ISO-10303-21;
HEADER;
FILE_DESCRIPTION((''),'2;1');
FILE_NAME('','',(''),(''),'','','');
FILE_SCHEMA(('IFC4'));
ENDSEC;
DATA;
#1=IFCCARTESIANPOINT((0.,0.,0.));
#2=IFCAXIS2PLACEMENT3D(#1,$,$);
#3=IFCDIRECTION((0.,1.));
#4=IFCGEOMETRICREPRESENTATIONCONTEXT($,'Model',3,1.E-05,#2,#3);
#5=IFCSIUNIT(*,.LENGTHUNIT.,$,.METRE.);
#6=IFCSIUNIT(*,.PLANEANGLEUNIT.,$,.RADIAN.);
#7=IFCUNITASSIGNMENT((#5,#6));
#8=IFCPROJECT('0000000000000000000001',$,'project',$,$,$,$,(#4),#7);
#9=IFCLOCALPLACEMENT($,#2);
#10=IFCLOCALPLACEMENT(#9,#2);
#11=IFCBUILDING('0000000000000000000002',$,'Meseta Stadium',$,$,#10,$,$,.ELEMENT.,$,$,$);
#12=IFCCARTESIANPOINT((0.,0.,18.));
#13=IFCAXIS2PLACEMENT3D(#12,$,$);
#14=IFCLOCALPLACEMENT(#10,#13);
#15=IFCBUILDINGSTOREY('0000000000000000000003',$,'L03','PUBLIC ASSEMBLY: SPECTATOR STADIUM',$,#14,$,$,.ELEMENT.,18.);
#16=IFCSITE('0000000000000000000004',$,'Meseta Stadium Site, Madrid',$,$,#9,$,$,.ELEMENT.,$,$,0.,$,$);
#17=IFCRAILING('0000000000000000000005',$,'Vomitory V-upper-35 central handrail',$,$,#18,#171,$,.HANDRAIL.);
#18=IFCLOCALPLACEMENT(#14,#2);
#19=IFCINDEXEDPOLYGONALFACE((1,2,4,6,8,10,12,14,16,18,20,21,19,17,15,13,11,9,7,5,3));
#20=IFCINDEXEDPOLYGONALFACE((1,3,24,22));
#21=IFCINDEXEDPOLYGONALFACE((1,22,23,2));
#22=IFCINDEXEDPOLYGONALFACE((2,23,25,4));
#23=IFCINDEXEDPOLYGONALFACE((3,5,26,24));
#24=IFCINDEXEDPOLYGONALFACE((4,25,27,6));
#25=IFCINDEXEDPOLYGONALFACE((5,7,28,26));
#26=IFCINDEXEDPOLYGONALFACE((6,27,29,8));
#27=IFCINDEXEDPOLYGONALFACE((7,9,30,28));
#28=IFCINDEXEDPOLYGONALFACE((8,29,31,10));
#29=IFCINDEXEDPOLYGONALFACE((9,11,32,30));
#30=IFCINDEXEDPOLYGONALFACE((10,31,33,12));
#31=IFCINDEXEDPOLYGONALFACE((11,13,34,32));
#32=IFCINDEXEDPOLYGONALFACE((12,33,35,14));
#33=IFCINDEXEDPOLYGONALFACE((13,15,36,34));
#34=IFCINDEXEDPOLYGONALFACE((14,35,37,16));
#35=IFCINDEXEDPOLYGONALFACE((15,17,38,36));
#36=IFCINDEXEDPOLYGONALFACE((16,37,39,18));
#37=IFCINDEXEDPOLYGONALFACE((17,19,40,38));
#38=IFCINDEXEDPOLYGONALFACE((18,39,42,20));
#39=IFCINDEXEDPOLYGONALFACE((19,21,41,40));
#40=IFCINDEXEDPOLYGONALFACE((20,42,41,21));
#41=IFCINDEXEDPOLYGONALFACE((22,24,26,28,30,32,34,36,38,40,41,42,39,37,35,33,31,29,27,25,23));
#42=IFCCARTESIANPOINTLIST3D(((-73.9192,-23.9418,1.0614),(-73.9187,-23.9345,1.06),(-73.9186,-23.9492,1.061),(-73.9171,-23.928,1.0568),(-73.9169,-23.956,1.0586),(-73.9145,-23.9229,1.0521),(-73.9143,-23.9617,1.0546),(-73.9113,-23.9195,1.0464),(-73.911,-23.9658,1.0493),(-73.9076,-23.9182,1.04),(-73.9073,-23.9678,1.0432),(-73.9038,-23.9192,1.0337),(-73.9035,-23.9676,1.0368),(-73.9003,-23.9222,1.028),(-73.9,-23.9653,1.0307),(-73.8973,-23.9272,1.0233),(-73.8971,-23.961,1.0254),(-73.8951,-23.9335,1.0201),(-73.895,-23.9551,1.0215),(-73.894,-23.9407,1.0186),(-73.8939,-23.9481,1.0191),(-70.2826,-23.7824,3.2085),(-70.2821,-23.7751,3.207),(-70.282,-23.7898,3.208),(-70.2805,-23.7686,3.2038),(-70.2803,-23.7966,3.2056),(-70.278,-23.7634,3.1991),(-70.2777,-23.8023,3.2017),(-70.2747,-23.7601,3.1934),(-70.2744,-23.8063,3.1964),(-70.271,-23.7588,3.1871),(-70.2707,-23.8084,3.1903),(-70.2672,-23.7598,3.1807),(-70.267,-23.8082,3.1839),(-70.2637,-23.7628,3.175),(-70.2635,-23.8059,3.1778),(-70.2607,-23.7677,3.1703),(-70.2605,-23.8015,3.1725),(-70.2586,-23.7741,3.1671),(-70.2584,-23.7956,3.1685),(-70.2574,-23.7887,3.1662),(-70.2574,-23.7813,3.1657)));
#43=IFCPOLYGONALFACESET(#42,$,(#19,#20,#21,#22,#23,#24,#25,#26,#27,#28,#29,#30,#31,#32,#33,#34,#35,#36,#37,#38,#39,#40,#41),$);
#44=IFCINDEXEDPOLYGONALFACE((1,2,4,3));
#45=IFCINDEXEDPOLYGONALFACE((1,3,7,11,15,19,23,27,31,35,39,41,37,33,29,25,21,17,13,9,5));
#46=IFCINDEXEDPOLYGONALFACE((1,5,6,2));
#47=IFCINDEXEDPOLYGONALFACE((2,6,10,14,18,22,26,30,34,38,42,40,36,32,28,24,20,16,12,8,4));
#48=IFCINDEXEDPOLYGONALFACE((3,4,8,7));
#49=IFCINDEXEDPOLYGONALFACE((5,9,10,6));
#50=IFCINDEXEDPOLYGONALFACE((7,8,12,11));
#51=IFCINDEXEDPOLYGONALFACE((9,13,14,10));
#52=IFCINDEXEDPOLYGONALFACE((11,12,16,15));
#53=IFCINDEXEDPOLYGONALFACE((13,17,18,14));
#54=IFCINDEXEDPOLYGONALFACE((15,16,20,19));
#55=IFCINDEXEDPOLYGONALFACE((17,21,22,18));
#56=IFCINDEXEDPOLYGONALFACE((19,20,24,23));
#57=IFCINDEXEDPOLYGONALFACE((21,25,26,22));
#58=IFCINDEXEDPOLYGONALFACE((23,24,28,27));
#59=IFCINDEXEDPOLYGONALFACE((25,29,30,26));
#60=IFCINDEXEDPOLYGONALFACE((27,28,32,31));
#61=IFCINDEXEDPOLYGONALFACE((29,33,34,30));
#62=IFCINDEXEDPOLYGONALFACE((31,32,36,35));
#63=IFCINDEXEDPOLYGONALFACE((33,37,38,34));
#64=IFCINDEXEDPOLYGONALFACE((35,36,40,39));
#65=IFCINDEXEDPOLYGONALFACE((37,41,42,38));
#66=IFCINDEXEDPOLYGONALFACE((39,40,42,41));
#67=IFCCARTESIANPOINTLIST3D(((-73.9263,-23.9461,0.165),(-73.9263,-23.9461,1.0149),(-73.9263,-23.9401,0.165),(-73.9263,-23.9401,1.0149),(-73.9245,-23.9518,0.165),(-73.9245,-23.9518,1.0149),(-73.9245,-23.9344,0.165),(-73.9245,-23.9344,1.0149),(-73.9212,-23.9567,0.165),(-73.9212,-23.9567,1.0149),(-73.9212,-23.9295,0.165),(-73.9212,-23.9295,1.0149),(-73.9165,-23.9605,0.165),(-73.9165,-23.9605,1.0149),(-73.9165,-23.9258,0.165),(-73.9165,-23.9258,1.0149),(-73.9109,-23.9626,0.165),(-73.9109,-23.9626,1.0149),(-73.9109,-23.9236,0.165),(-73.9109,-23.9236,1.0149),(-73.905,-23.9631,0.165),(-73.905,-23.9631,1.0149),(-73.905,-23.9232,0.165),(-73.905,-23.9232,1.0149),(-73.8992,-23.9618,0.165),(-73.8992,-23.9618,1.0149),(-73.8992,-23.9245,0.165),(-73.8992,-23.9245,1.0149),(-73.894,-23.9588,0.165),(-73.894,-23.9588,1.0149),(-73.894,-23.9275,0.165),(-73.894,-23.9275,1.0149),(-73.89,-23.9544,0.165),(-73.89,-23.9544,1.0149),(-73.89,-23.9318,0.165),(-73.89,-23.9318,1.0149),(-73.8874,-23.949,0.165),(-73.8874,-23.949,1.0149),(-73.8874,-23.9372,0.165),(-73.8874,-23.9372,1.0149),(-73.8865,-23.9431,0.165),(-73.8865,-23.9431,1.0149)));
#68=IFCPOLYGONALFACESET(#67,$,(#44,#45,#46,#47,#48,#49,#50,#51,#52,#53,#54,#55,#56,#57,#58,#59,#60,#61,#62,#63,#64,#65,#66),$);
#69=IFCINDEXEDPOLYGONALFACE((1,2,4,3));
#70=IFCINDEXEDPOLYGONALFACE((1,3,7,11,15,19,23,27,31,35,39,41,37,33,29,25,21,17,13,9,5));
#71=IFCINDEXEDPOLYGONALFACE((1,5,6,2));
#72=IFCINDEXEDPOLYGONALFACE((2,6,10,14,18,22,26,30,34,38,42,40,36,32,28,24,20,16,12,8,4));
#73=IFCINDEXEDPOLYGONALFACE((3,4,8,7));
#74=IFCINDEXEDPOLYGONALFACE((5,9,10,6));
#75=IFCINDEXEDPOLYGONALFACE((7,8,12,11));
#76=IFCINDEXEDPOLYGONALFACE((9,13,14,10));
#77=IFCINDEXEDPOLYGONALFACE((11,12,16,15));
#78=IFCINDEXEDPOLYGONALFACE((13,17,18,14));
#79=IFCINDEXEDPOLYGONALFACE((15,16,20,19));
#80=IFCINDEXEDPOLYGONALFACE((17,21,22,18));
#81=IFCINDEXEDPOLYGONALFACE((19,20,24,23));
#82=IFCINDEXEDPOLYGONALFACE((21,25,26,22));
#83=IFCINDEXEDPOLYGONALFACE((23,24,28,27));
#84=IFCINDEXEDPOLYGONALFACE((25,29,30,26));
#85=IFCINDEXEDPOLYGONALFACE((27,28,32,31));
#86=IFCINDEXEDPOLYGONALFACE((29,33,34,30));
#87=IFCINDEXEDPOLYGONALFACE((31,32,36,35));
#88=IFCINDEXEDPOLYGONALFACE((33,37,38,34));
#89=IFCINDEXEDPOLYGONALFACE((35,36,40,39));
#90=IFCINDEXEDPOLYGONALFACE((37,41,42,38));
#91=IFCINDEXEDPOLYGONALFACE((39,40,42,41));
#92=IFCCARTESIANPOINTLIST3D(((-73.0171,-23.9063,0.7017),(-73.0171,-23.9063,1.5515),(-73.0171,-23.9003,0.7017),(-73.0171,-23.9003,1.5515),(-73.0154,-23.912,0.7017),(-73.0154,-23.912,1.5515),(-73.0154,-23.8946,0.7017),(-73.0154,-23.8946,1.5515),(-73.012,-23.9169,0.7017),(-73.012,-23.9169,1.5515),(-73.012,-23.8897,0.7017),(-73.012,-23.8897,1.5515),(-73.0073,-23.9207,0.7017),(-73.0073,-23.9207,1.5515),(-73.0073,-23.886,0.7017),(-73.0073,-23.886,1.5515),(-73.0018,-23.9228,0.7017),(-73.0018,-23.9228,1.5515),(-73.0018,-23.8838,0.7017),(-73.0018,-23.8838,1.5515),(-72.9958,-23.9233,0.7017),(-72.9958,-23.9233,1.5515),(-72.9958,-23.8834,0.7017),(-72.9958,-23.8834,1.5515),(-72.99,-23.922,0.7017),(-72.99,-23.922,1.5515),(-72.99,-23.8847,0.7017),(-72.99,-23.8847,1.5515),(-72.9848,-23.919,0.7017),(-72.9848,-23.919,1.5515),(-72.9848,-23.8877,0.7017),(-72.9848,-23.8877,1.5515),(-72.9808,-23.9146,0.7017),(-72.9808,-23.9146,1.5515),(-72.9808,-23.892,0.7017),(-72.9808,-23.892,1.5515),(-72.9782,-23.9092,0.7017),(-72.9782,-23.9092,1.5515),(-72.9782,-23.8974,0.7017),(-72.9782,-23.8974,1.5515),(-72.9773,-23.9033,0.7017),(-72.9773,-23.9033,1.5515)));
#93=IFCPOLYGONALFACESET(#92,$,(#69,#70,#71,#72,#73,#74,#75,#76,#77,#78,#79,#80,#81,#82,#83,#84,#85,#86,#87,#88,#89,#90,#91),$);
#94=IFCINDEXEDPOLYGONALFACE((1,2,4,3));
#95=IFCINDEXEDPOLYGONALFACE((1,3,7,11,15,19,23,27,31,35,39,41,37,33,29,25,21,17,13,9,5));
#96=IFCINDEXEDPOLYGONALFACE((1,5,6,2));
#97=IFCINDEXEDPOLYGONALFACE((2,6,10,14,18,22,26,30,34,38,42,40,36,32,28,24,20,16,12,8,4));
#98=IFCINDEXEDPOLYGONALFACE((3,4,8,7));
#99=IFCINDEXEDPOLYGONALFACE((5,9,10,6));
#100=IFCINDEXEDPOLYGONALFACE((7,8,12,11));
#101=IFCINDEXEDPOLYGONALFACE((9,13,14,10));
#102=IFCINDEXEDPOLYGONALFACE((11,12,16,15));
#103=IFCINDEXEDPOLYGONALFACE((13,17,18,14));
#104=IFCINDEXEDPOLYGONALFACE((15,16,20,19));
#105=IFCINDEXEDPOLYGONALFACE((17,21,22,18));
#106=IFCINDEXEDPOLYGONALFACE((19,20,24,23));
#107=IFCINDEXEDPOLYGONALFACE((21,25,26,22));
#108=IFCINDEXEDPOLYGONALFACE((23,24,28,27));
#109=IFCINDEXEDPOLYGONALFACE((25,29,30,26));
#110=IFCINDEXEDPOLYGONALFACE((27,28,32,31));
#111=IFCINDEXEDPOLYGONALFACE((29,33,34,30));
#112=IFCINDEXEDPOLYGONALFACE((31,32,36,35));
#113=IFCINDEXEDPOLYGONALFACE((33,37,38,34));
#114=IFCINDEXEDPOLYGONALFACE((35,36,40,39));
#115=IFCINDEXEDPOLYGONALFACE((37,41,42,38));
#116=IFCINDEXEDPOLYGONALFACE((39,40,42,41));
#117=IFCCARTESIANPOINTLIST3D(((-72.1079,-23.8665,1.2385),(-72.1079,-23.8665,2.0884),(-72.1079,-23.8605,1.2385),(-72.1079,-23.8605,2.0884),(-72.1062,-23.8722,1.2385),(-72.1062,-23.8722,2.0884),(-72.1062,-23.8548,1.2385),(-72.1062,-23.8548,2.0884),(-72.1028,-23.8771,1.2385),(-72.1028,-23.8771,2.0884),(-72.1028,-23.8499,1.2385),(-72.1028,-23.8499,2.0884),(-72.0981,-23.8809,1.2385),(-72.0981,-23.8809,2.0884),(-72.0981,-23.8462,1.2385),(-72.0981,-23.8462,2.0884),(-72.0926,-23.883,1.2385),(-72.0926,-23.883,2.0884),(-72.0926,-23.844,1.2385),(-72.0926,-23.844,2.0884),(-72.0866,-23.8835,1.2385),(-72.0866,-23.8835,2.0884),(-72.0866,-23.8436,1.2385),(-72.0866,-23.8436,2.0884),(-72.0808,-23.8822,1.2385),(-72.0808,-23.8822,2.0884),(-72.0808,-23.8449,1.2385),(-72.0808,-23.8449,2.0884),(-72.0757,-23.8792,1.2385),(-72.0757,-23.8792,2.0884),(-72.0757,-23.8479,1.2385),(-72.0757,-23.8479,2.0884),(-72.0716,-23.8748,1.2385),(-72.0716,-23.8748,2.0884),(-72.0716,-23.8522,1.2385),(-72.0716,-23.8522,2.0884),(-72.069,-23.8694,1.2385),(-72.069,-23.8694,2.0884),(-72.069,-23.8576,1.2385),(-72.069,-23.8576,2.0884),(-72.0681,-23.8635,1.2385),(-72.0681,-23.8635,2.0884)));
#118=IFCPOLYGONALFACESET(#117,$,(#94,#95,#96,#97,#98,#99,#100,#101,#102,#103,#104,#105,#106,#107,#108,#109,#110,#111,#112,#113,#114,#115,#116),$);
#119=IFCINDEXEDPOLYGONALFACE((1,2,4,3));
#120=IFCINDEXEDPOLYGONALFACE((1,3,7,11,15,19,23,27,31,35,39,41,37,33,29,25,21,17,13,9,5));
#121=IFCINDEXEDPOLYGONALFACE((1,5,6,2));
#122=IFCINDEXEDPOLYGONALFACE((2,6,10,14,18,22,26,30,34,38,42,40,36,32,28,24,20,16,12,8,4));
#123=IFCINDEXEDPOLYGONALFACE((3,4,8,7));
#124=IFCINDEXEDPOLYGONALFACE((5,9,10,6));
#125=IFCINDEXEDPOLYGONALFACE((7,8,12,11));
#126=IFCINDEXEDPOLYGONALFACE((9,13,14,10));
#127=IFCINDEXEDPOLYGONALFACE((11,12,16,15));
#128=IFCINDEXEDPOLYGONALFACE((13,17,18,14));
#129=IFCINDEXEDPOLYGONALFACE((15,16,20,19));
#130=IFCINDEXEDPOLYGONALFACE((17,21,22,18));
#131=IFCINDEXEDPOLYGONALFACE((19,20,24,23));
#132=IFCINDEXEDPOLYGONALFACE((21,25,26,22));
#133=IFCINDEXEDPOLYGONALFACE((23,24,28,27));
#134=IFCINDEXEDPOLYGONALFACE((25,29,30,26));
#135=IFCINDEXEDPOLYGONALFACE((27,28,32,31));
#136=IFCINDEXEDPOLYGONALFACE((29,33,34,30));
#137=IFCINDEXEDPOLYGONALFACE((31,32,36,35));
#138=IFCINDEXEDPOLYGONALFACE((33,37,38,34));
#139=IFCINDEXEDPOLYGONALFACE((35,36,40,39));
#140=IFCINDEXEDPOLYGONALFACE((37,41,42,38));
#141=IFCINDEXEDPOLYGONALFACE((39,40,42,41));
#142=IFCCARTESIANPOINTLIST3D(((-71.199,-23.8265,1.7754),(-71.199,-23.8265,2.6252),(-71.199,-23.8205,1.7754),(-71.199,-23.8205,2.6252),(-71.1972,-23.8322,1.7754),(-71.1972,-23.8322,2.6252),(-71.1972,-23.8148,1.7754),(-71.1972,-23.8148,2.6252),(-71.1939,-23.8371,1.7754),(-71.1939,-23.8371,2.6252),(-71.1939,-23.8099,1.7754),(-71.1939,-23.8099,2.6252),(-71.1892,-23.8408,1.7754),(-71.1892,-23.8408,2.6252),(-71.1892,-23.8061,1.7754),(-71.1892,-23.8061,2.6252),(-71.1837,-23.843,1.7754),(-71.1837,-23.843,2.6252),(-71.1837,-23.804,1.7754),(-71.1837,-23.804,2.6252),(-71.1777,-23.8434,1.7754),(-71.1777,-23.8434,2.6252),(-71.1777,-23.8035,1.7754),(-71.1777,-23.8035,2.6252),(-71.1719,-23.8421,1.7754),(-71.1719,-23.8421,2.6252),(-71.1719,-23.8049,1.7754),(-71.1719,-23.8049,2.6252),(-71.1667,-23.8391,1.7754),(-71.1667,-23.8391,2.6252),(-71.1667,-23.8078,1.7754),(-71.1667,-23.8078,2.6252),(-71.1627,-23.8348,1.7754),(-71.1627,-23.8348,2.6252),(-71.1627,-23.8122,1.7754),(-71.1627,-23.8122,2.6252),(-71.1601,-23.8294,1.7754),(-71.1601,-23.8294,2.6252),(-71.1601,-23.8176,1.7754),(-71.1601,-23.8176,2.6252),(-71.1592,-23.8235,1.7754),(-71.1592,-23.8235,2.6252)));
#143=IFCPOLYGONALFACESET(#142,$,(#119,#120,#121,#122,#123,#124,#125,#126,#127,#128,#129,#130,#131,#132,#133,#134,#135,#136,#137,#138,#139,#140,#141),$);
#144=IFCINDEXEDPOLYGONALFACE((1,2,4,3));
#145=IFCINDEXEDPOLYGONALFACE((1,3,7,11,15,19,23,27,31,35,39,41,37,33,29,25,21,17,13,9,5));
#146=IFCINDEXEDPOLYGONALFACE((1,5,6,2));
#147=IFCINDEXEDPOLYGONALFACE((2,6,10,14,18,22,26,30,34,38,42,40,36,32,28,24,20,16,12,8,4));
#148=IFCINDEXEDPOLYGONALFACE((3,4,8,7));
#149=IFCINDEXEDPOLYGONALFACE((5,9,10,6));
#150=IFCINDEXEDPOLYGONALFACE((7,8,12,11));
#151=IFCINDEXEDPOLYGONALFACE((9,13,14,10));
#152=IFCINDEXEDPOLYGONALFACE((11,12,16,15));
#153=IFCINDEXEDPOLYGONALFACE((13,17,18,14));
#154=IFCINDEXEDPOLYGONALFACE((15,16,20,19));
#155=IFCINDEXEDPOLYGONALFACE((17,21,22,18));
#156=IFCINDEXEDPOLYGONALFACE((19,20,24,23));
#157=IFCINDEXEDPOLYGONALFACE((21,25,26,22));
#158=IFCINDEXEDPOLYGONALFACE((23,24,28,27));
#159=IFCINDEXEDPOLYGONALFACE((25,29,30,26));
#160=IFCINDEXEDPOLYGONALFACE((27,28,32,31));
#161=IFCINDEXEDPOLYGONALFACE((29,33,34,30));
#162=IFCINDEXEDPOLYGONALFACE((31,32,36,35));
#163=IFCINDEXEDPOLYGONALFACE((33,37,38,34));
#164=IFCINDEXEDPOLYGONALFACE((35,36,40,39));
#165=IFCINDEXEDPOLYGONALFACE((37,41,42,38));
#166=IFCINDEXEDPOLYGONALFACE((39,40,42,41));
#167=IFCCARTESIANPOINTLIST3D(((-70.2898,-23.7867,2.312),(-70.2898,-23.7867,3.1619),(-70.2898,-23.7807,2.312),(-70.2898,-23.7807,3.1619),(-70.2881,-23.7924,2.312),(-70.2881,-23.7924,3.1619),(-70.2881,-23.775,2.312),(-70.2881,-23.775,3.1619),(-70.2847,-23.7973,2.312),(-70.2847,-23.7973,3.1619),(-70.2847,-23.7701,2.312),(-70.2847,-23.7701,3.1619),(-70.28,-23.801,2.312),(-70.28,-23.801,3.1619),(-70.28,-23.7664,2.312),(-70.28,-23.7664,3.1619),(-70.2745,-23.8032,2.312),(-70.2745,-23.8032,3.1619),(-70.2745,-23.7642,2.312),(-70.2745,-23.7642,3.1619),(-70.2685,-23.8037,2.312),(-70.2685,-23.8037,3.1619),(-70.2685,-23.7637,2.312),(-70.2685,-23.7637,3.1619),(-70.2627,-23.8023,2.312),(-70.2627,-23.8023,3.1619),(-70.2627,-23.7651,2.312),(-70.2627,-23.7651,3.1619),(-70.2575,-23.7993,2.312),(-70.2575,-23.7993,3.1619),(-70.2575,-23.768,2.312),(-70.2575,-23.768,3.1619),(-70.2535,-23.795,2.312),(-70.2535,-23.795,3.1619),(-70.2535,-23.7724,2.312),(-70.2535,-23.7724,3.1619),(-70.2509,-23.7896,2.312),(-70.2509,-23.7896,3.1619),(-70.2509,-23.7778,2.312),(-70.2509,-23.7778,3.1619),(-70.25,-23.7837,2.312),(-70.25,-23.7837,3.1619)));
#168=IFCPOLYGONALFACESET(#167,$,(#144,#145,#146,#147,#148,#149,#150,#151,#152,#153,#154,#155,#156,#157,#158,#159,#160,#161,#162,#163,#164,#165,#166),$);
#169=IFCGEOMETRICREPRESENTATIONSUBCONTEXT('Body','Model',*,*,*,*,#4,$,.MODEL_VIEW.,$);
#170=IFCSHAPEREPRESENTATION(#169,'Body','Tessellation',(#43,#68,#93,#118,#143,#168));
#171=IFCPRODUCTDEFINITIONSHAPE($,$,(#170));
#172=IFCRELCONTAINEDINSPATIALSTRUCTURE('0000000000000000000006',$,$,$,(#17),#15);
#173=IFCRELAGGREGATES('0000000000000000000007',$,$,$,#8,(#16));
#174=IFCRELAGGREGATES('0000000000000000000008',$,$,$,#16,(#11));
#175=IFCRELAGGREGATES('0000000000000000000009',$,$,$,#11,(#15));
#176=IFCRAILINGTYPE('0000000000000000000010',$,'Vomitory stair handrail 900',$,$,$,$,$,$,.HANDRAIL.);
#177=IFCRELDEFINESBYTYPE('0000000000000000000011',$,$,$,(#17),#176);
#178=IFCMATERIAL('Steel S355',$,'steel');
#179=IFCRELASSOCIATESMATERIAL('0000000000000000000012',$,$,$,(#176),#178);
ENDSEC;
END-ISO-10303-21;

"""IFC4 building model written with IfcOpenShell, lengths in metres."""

from ifc_helpers import new_model, si_unit, direction, frame, origin, origin_2d, place, context, subcontext, project, spatial, circle, extrude, material, type_object, element, save


model = new_model("IFC4")

# Units and contexts
model_context = context("Model", 3, precision=1e-05, world=origin(), true_north=direction((0.0, 1.0)))
body_context = subcontext(model_context, "Body", "Model", "MODEL_VIEW")
ifc_project = project(units=[si_unit("LENGTHUNIT", "METRE"), si_unit("PLANEANGLEUNIT", "RADIAN")], contexts=[model_context])

# Site, building, storey
site_placement = place(None, origin())
site = spatial("IfcSite", under=ifc_project, at=site_placement, Name="Meseta Stadium Site, Madrid", CompositionType="ELEMENT", RefElevation=0.0)
building_placement = place(site_placement, origin())
building = spatial("IfcBuilding", under=site, at=building_placement, Name="Meseta Stadium", CompositionType="ELEMENT")
storey_placement = place(building_placement, frame((0.0, 0.0, 18.0)))
storey = spatial("IfcBuildingStorey", under=building, at=storey_placement, Name="L03", Description="PUBLIC ASSEMBLY: SPECTATOR STADIUM", CompositionType="ELEMENT", Elevation=18.0)

# Railing
ifc_material_1 = material(Name="Steel S355", Category="steel")
railing_type_1 = type_object("IfcRailingType", Name="Vomitory stair handrail 900", PredefinedType="HANDRAIL", material=ifc_material_1)
railing_1_placement = place(storey_placement, frame((-73.9065, -23.9431, 0.165)))
element("IfcRailing", 1, at=railing_1_placement, inside=storey, type_object=railing_type_1, Name="Vomitory V-upper-35 central handrail", PredefinedType="HANDRAIL", context=body_context, shape_type="SweptSolid", body=[
    extrude(circle(Radius=0.0249, at=origin_2d()), frame((0.0, 0.0, 0.875), z_axis=(0.860506, 0.037725, 0.508042), x_axis=(-0.043798, 0.99904, 0.0)), (0.0, 0.0, 1.0), 4.2261),
    extrude(circle(Radius=0.02, at=origin_2d()), origin(), (0.0, 0.0, 1.0), 0.8499),
    extrude(circle(Radius=0.02, at=origin_2d()), frame((0.9092, 0.0398, 0.5366)), (0.0, 0.0, 1.0), 0.8499),
    extrude(circle(Radius=0.02, at=origin_2d()), frame((1.8184, 0.0796, 1.0735)), (0.0, 0.0, 1.0), 0.8499),
    extrude(circle(Radius=0.02, at=origin_2d()), frame((2.7273, 0.1196, 1.6104)), (0.0, 0.0, 1.0), 0.8499),
    extrude(circle(Radius=0.02, at=origin_2d()), frame((3.6365, 0.1594, 2.147)), (0.0, 0.0, 1.0), 0.8499),
])

save(model, "model.ifc")
